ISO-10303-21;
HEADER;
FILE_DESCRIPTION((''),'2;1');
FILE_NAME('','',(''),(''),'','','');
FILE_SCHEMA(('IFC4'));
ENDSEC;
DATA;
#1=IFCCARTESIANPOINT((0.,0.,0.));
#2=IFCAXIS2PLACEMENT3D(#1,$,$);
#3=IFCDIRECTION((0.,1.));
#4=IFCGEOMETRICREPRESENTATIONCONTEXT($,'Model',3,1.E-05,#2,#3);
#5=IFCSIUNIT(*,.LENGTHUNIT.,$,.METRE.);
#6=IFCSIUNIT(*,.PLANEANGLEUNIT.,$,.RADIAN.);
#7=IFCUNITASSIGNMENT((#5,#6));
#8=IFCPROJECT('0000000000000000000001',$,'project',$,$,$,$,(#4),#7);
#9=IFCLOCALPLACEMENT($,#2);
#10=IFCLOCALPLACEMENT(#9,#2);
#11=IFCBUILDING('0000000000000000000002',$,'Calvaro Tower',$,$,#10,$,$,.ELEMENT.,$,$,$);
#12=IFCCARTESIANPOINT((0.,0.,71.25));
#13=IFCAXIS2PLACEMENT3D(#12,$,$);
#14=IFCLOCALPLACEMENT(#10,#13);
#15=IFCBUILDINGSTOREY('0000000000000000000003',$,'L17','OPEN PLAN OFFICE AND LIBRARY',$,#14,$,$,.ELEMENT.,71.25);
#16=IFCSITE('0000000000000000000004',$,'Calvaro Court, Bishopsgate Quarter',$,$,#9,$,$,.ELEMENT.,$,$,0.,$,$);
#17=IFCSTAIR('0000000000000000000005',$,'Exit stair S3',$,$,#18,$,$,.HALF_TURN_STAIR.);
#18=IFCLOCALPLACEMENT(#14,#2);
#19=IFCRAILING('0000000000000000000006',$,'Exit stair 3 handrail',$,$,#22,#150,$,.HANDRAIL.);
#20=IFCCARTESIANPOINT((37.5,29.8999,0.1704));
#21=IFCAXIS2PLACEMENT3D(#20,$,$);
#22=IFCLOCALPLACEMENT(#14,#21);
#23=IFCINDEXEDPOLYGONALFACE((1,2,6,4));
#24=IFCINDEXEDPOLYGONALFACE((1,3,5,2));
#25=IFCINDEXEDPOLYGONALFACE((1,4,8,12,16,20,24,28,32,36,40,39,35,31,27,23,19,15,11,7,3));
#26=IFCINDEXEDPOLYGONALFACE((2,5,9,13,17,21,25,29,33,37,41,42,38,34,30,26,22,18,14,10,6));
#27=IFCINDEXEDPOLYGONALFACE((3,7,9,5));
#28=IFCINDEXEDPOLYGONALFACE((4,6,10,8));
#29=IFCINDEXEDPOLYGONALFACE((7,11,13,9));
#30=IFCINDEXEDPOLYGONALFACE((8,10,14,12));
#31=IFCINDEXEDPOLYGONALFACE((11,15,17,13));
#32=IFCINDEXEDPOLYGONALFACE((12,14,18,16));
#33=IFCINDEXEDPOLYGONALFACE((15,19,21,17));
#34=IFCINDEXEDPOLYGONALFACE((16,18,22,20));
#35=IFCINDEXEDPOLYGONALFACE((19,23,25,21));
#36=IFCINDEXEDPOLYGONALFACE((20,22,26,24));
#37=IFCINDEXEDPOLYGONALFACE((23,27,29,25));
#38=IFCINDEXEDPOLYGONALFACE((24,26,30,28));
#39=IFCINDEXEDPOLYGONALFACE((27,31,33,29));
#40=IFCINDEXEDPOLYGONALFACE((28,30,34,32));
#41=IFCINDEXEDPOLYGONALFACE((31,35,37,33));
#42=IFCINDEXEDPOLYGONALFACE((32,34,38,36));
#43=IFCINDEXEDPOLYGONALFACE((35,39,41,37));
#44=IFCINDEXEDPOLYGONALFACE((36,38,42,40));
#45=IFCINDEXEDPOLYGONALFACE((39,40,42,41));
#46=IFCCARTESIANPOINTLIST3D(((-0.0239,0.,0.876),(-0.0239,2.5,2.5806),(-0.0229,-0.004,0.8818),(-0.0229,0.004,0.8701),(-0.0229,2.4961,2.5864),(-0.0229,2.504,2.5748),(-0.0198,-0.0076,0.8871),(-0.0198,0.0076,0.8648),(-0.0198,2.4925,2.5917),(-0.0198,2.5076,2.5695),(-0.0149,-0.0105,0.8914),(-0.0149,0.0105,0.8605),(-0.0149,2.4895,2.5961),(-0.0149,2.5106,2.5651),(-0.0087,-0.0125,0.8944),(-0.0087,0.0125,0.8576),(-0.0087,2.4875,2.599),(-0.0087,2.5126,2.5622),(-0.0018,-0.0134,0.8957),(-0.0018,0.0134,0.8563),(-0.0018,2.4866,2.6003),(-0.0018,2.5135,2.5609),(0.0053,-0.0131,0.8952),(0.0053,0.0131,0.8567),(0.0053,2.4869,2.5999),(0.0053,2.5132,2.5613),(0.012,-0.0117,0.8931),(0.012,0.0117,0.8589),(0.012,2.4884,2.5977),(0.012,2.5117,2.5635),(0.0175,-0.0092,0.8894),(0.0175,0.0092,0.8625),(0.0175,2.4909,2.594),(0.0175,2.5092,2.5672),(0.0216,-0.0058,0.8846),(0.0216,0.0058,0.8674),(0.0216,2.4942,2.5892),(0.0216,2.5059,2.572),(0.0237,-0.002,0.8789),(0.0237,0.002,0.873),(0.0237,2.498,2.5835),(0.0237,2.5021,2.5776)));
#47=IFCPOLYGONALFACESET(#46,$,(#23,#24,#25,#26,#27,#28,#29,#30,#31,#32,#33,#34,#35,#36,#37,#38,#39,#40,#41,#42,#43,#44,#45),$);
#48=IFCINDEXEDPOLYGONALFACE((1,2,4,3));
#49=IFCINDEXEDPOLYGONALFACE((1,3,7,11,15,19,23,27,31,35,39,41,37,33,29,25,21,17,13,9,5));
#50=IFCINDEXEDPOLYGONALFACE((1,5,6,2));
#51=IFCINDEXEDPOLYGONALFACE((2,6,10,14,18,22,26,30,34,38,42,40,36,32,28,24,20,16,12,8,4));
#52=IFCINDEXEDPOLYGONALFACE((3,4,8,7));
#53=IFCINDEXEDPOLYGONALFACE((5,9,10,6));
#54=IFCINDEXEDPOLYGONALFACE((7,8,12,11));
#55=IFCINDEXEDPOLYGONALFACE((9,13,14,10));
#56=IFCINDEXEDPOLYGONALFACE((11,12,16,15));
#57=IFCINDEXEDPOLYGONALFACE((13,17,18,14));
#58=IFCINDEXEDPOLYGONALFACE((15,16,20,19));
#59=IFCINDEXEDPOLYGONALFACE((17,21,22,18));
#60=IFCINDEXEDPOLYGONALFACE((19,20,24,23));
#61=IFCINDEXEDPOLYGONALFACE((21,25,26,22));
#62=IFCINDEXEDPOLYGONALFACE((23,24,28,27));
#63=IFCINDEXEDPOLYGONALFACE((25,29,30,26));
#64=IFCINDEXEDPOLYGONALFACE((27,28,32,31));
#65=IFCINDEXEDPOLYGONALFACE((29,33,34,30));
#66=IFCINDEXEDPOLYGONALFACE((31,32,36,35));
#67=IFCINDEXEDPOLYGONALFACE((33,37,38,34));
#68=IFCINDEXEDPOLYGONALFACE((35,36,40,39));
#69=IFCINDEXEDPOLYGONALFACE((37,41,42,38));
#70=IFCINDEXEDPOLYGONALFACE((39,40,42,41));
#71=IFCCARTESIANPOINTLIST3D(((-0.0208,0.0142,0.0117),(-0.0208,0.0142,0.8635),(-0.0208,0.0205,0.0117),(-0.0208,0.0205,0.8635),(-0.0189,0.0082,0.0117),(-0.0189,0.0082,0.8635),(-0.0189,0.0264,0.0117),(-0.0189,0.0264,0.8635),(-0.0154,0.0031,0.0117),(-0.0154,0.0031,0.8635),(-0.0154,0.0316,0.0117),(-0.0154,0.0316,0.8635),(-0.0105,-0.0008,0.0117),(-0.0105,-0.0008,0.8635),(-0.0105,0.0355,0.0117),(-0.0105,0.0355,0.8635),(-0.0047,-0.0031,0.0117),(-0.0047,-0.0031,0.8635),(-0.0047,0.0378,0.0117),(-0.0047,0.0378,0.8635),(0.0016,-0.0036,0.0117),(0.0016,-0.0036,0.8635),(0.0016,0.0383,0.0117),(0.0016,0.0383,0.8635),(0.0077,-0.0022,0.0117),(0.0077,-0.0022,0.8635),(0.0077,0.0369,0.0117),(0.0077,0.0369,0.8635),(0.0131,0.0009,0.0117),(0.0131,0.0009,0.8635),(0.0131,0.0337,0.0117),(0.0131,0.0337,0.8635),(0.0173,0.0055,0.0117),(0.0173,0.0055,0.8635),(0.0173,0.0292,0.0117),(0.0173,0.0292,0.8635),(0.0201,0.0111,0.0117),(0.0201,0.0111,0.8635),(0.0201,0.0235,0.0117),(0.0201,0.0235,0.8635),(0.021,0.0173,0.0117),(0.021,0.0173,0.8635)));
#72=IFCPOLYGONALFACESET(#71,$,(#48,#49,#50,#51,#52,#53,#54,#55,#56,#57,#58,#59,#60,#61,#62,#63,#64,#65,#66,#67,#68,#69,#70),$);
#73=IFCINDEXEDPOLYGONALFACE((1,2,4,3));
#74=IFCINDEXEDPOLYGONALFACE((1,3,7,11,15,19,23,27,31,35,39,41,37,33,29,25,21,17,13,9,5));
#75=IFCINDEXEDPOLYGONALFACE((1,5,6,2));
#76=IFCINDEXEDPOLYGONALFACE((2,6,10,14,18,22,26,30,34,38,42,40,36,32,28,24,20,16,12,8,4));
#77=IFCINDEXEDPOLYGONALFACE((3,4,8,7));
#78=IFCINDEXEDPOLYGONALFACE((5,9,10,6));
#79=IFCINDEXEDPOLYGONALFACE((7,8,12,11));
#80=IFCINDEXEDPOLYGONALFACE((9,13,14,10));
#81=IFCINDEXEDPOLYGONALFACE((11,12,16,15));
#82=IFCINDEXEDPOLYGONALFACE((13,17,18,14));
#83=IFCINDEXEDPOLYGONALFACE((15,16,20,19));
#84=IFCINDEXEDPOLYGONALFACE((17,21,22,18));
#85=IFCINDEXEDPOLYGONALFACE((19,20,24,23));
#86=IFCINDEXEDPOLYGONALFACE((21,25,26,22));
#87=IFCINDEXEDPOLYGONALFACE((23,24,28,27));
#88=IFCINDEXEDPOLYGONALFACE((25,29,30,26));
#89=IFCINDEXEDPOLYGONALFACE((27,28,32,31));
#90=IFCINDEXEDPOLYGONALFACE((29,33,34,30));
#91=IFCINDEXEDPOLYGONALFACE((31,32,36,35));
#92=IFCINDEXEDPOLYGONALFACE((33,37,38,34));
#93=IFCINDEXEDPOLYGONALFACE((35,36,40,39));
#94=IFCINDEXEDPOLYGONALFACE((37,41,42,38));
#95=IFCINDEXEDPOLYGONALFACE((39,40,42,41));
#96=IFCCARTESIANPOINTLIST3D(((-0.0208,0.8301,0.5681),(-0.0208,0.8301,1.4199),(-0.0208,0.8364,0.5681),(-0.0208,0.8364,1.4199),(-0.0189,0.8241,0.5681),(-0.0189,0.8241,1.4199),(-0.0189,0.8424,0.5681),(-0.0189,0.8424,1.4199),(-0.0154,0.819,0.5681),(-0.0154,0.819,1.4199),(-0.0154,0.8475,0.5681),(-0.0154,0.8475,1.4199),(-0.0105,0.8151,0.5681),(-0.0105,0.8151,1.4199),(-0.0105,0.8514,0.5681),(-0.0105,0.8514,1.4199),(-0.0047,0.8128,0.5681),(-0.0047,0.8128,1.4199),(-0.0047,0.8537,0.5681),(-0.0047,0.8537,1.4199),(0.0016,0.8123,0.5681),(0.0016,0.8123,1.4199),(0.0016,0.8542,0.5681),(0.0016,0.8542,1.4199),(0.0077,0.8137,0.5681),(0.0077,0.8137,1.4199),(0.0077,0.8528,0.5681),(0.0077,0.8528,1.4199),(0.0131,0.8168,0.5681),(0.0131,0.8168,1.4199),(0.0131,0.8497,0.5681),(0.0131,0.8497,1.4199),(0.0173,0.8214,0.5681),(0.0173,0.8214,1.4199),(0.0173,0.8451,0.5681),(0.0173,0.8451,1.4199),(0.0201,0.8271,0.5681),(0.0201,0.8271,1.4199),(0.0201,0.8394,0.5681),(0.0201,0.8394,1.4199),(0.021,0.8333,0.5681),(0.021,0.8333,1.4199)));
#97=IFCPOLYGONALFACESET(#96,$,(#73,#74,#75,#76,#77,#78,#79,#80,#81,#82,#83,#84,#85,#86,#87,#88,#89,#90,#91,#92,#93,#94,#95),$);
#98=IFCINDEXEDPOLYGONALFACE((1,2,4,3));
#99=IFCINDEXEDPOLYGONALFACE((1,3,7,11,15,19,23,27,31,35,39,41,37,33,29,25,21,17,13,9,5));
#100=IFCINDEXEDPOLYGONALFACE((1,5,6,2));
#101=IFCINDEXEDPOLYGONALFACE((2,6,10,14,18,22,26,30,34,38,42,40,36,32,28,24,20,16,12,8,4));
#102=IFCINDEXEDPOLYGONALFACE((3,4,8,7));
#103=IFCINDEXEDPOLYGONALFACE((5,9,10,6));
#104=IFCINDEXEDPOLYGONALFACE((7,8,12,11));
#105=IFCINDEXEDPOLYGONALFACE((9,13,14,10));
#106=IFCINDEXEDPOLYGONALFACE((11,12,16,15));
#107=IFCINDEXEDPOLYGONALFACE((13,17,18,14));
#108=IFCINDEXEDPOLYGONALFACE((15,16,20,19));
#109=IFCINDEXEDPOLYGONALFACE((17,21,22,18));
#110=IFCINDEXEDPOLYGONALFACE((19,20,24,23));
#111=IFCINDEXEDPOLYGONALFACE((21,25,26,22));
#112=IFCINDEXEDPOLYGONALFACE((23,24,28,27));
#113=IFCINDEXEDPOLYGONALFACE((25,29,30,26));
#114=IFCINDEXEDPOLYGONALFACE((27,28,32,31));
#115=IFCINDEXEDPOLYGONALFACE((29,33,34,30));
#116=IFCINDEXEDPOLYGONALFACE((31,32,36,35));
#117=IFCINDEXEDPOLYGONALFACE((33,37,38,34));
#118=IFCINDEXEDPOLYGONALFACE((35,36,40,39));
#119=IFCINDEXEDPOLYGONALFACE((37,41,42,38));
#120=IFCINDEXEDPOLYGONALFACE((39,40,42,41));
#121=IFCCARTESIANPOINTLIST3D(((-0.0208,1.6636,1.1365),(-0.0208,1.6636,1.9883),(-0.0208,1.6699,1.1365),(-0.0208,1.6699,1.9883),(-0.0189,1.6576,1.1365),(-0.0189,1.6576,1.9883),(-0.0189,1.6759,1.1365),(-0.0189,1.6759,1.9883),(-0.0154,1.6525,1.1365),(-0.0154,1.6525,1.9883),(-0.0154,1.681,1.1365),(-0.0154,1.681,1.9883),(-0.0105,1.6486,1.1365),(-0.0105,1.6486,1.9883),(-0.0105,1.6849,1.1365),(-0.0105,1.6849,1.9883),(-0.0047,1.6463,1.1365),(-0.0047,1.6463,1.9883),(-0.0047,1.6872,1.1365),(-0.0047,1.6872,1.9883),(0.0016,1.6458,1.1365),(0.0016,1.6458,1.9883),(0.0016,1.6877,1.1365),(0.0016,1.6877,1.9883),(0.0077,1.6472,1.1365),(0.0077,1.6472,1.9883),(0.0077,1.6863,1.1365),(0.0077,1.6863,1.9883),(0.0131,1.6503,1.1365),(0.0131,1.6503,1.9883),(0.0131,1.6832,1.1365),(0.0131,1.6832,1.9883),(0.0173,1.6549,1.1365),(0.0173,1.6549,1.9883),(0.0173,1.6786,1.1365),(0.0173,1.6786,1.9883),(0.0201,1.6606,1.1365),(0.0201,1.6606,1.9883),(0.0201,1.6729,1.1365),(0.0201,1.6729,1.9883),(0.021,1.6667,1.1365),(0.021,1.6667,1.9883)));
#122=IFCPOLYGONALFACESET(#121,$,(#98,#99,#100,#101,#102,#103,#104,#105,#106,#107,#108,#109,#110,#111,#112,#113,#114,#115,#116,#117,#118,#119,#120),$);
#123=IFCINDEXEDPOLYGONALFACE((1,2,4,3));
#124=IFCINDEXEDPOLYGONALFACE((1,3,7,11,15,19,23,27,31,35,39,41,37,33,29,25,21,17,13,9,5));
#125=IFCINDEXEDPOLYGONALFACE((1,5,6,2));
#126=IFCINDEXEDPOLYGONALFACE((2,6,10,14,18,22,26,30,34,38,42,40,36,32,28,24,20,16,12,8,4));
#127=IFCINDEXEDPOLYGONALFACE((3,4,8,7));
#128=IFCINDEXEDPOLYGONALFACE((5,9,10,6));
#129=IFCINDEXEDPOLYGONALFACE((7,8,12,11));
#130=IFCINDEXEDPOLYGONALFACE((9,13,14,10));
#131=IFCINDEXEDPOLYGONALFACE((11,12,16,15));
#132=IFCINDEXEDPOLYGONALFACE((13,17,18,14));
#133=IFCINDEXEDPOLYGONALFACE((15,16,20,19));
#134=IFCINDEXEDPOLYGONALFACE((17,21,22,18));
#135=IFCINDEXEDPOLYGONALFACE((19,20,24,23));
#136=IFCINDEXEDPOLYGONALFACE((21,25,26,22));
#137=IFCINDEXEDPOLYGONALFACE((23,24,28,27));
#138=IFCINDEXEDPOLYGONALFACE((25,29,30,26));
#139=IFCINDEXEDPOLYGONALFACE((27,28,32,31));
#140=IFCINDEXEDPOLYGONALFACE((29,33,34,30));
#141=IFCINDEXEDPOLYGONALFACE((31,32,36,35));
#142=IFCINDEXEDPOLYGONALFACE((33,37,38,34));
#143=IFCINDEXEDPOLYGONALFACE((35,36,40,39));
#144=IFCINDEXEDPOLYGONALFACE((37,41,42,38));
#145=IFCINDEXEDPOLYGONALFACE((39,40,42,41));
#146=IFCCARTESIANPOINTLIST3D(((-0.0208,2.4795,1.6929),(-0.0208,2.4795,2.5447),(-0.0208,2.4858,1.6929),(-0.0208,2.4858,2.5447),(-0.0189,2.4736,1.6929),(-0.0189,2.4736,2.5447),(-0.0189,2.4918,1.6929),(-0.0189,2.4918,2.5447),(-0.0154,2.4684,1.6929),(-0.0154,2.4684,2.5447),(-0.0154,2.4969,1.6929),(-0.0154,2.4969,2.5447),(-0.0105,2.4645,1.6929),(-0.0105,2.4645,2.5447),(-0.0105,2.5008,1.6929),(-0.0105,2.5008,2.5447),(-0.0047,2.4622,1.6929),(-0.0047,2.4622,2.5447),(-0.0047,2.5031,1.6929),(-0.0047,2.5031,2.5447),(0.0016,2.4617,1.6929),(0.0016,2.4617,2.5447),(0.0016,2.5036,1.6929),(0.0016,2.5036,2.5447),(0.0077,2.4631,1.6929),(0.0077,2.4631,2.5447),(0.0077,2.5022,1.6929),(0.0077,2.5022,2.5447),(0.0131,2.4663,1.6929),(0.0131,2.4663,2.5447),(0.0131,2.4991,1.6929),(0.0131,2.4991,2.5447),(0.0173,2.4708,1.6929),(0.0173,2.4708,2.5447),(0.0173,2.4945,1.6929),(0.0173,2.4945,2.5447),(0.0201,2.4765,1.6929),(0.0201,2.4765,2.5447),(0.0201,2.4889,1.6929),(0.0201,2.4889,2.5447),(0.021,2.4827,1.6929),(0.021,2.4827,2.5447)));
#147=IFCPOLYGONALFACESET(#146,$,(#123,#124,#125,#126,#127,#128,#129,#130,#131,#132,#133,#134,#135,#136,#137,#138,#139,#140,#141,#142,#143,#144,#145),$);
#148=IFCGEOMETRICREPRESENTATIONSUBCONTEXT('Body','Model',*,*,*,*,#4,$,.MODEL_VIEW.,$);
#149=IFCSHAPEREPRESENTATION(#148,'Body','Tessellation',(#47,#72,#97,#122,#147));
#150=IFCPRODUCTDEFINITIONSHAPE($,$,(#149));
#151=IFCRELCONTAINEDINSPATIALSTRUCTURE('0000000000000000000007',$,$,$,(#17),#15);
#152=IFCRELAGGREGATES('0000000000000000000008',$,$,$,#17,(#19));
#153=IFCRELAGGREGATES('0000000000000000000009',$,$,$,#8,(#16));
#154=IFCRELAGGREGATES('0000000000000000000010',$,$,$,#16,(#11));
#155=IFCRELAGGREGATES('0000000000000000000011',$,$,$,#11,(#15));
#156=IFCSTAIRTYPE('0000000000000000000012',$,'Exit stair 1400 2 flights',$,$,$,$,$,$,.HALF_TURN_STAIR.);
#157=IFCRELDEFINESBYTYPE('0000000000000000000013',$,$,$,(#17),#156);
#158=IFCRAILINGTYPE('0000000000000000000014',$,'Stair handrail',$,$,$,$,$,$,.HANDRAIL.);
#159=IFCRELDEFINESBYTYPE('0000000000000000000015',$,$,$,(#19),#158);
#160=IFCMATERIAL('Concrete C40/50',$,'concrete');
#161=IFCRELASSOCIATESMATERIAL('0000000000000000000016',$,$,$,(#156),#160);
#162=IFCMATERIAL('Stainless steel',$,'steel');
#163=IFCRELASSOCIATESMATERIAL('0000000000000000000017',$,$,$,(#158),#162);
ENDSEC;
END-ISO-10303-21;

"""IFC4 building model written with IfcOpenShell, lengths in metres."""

from ifc_helpers import new_model, si_unit, direction, frame, origin, origin_2d, place, context, subcontext, project, spatial, circle, extrude, material, type_object, element, aggregate, save


model = new_model("IFC4")

# Units and contexts
model_context = context("Model", 3, precision=1e-05, world=origin(), true_north=direction((0.0, 1.0)))
body_context = subcontext(model_context, "Body", "Model", "MODEL_VIEW")
ifc_project = project(units=[si_unit("LENGTHUNIT", "METRE"), si_unit("PLANEANGLEUNIT", "RADIAN")], contexts=[model_context])

# Site, building, storey
site_placement = place(None, origin())
site = spatial("IfcSite", under=ifc_project, at=site_placement, Name="Calvaro Court, Bishopsgate Quarter", CompositionType="ELEMENT", RefElevation=0.0)
building_placement = place(site_placement, origin())
building = spatial("IfcBuilding", under=site, at=building_placement, Name="Calvaro Tower", CompositionType="ELEMENT")
storey_placement = place(building_placement, frame((0.0, 0.0, 71.25)))
storey = spatial("IfcBuildingStorey", under=building, at=storey_placement, Name="L17", Description="OPEN PLAN OFFICE AND LIBRARY", CompositionType="ELEMENT", Elevation=71.25)

# Stair
ifc_material_1 = material(Name="Concrete C40/50", Category="concrete")
stair_type = type_object("IfcStairType", Name="Exit stair 1400 2 flights", PredefinedType="HALF_TURN_STAIR", material=ifc_material_1)
stair_1_placement = place(storey_placement, origin())
stair_1 = element("IfcStair", 1, at=stair_1_placement, inside=storey, type_object=stair_type, Name="Exit stair S3", PredefinedType="HALF_TURN_STAIR")

# Railing
ifc_material_2 = material(Name="Stainless steel", Category="steel")
railing_type = type_object("IfcRailingType", Name="Stair handrail", PredefinedType="HANDRAIL", material=ifc_material_2)
railing_1_placement = place(storey_placement, frame((37.5, 29.8999, 0.1704)))
railing_1 = element("IfcRailing", 2, at=railing_1_placement, type_object=railing_type, Name="Exit stair 3 handrail", PredefinedType="HANDRAIL", context=body_context, shape_type="SweptSolid", body=[
    extrude(circle(Radius=0.0239, at=origin_2d()), frame((0.0, 0.0, 0.876), z_axis=(0.0, 0.826221, 0.563347), x_axis=(-1.0, 0.0, 0.0)), (0.0, 0.0, 1.0), 3.0259),
    extrude(circle(Radius=0.021, at=origin_2d()), frame((0.0, 0.0173, 0.0117)), (0.0, 0.0, 1.0), 0.8518),
    extrude(circle(Radius=0.021, at=origin_2d()), frame((0.0, 0.8333, 0.5681)), (0.0, 0.0, 1.0), 0.8518),
    extrude(circle(Radius=0.021, at=origin_2d()), frame((0.0, 1.6667, 1.1365)), (0.0, 0.0, 1.0), 0.8518),
    extrude(circle(Radius=0.021, at=origin_2d()), frame((0.0, 2.4827, 1.6929)), (0.0, 0.0, 1.0), 0.8518),
])
aggregate(stair_1, [railing_1])

save(model, "model.ifc")
